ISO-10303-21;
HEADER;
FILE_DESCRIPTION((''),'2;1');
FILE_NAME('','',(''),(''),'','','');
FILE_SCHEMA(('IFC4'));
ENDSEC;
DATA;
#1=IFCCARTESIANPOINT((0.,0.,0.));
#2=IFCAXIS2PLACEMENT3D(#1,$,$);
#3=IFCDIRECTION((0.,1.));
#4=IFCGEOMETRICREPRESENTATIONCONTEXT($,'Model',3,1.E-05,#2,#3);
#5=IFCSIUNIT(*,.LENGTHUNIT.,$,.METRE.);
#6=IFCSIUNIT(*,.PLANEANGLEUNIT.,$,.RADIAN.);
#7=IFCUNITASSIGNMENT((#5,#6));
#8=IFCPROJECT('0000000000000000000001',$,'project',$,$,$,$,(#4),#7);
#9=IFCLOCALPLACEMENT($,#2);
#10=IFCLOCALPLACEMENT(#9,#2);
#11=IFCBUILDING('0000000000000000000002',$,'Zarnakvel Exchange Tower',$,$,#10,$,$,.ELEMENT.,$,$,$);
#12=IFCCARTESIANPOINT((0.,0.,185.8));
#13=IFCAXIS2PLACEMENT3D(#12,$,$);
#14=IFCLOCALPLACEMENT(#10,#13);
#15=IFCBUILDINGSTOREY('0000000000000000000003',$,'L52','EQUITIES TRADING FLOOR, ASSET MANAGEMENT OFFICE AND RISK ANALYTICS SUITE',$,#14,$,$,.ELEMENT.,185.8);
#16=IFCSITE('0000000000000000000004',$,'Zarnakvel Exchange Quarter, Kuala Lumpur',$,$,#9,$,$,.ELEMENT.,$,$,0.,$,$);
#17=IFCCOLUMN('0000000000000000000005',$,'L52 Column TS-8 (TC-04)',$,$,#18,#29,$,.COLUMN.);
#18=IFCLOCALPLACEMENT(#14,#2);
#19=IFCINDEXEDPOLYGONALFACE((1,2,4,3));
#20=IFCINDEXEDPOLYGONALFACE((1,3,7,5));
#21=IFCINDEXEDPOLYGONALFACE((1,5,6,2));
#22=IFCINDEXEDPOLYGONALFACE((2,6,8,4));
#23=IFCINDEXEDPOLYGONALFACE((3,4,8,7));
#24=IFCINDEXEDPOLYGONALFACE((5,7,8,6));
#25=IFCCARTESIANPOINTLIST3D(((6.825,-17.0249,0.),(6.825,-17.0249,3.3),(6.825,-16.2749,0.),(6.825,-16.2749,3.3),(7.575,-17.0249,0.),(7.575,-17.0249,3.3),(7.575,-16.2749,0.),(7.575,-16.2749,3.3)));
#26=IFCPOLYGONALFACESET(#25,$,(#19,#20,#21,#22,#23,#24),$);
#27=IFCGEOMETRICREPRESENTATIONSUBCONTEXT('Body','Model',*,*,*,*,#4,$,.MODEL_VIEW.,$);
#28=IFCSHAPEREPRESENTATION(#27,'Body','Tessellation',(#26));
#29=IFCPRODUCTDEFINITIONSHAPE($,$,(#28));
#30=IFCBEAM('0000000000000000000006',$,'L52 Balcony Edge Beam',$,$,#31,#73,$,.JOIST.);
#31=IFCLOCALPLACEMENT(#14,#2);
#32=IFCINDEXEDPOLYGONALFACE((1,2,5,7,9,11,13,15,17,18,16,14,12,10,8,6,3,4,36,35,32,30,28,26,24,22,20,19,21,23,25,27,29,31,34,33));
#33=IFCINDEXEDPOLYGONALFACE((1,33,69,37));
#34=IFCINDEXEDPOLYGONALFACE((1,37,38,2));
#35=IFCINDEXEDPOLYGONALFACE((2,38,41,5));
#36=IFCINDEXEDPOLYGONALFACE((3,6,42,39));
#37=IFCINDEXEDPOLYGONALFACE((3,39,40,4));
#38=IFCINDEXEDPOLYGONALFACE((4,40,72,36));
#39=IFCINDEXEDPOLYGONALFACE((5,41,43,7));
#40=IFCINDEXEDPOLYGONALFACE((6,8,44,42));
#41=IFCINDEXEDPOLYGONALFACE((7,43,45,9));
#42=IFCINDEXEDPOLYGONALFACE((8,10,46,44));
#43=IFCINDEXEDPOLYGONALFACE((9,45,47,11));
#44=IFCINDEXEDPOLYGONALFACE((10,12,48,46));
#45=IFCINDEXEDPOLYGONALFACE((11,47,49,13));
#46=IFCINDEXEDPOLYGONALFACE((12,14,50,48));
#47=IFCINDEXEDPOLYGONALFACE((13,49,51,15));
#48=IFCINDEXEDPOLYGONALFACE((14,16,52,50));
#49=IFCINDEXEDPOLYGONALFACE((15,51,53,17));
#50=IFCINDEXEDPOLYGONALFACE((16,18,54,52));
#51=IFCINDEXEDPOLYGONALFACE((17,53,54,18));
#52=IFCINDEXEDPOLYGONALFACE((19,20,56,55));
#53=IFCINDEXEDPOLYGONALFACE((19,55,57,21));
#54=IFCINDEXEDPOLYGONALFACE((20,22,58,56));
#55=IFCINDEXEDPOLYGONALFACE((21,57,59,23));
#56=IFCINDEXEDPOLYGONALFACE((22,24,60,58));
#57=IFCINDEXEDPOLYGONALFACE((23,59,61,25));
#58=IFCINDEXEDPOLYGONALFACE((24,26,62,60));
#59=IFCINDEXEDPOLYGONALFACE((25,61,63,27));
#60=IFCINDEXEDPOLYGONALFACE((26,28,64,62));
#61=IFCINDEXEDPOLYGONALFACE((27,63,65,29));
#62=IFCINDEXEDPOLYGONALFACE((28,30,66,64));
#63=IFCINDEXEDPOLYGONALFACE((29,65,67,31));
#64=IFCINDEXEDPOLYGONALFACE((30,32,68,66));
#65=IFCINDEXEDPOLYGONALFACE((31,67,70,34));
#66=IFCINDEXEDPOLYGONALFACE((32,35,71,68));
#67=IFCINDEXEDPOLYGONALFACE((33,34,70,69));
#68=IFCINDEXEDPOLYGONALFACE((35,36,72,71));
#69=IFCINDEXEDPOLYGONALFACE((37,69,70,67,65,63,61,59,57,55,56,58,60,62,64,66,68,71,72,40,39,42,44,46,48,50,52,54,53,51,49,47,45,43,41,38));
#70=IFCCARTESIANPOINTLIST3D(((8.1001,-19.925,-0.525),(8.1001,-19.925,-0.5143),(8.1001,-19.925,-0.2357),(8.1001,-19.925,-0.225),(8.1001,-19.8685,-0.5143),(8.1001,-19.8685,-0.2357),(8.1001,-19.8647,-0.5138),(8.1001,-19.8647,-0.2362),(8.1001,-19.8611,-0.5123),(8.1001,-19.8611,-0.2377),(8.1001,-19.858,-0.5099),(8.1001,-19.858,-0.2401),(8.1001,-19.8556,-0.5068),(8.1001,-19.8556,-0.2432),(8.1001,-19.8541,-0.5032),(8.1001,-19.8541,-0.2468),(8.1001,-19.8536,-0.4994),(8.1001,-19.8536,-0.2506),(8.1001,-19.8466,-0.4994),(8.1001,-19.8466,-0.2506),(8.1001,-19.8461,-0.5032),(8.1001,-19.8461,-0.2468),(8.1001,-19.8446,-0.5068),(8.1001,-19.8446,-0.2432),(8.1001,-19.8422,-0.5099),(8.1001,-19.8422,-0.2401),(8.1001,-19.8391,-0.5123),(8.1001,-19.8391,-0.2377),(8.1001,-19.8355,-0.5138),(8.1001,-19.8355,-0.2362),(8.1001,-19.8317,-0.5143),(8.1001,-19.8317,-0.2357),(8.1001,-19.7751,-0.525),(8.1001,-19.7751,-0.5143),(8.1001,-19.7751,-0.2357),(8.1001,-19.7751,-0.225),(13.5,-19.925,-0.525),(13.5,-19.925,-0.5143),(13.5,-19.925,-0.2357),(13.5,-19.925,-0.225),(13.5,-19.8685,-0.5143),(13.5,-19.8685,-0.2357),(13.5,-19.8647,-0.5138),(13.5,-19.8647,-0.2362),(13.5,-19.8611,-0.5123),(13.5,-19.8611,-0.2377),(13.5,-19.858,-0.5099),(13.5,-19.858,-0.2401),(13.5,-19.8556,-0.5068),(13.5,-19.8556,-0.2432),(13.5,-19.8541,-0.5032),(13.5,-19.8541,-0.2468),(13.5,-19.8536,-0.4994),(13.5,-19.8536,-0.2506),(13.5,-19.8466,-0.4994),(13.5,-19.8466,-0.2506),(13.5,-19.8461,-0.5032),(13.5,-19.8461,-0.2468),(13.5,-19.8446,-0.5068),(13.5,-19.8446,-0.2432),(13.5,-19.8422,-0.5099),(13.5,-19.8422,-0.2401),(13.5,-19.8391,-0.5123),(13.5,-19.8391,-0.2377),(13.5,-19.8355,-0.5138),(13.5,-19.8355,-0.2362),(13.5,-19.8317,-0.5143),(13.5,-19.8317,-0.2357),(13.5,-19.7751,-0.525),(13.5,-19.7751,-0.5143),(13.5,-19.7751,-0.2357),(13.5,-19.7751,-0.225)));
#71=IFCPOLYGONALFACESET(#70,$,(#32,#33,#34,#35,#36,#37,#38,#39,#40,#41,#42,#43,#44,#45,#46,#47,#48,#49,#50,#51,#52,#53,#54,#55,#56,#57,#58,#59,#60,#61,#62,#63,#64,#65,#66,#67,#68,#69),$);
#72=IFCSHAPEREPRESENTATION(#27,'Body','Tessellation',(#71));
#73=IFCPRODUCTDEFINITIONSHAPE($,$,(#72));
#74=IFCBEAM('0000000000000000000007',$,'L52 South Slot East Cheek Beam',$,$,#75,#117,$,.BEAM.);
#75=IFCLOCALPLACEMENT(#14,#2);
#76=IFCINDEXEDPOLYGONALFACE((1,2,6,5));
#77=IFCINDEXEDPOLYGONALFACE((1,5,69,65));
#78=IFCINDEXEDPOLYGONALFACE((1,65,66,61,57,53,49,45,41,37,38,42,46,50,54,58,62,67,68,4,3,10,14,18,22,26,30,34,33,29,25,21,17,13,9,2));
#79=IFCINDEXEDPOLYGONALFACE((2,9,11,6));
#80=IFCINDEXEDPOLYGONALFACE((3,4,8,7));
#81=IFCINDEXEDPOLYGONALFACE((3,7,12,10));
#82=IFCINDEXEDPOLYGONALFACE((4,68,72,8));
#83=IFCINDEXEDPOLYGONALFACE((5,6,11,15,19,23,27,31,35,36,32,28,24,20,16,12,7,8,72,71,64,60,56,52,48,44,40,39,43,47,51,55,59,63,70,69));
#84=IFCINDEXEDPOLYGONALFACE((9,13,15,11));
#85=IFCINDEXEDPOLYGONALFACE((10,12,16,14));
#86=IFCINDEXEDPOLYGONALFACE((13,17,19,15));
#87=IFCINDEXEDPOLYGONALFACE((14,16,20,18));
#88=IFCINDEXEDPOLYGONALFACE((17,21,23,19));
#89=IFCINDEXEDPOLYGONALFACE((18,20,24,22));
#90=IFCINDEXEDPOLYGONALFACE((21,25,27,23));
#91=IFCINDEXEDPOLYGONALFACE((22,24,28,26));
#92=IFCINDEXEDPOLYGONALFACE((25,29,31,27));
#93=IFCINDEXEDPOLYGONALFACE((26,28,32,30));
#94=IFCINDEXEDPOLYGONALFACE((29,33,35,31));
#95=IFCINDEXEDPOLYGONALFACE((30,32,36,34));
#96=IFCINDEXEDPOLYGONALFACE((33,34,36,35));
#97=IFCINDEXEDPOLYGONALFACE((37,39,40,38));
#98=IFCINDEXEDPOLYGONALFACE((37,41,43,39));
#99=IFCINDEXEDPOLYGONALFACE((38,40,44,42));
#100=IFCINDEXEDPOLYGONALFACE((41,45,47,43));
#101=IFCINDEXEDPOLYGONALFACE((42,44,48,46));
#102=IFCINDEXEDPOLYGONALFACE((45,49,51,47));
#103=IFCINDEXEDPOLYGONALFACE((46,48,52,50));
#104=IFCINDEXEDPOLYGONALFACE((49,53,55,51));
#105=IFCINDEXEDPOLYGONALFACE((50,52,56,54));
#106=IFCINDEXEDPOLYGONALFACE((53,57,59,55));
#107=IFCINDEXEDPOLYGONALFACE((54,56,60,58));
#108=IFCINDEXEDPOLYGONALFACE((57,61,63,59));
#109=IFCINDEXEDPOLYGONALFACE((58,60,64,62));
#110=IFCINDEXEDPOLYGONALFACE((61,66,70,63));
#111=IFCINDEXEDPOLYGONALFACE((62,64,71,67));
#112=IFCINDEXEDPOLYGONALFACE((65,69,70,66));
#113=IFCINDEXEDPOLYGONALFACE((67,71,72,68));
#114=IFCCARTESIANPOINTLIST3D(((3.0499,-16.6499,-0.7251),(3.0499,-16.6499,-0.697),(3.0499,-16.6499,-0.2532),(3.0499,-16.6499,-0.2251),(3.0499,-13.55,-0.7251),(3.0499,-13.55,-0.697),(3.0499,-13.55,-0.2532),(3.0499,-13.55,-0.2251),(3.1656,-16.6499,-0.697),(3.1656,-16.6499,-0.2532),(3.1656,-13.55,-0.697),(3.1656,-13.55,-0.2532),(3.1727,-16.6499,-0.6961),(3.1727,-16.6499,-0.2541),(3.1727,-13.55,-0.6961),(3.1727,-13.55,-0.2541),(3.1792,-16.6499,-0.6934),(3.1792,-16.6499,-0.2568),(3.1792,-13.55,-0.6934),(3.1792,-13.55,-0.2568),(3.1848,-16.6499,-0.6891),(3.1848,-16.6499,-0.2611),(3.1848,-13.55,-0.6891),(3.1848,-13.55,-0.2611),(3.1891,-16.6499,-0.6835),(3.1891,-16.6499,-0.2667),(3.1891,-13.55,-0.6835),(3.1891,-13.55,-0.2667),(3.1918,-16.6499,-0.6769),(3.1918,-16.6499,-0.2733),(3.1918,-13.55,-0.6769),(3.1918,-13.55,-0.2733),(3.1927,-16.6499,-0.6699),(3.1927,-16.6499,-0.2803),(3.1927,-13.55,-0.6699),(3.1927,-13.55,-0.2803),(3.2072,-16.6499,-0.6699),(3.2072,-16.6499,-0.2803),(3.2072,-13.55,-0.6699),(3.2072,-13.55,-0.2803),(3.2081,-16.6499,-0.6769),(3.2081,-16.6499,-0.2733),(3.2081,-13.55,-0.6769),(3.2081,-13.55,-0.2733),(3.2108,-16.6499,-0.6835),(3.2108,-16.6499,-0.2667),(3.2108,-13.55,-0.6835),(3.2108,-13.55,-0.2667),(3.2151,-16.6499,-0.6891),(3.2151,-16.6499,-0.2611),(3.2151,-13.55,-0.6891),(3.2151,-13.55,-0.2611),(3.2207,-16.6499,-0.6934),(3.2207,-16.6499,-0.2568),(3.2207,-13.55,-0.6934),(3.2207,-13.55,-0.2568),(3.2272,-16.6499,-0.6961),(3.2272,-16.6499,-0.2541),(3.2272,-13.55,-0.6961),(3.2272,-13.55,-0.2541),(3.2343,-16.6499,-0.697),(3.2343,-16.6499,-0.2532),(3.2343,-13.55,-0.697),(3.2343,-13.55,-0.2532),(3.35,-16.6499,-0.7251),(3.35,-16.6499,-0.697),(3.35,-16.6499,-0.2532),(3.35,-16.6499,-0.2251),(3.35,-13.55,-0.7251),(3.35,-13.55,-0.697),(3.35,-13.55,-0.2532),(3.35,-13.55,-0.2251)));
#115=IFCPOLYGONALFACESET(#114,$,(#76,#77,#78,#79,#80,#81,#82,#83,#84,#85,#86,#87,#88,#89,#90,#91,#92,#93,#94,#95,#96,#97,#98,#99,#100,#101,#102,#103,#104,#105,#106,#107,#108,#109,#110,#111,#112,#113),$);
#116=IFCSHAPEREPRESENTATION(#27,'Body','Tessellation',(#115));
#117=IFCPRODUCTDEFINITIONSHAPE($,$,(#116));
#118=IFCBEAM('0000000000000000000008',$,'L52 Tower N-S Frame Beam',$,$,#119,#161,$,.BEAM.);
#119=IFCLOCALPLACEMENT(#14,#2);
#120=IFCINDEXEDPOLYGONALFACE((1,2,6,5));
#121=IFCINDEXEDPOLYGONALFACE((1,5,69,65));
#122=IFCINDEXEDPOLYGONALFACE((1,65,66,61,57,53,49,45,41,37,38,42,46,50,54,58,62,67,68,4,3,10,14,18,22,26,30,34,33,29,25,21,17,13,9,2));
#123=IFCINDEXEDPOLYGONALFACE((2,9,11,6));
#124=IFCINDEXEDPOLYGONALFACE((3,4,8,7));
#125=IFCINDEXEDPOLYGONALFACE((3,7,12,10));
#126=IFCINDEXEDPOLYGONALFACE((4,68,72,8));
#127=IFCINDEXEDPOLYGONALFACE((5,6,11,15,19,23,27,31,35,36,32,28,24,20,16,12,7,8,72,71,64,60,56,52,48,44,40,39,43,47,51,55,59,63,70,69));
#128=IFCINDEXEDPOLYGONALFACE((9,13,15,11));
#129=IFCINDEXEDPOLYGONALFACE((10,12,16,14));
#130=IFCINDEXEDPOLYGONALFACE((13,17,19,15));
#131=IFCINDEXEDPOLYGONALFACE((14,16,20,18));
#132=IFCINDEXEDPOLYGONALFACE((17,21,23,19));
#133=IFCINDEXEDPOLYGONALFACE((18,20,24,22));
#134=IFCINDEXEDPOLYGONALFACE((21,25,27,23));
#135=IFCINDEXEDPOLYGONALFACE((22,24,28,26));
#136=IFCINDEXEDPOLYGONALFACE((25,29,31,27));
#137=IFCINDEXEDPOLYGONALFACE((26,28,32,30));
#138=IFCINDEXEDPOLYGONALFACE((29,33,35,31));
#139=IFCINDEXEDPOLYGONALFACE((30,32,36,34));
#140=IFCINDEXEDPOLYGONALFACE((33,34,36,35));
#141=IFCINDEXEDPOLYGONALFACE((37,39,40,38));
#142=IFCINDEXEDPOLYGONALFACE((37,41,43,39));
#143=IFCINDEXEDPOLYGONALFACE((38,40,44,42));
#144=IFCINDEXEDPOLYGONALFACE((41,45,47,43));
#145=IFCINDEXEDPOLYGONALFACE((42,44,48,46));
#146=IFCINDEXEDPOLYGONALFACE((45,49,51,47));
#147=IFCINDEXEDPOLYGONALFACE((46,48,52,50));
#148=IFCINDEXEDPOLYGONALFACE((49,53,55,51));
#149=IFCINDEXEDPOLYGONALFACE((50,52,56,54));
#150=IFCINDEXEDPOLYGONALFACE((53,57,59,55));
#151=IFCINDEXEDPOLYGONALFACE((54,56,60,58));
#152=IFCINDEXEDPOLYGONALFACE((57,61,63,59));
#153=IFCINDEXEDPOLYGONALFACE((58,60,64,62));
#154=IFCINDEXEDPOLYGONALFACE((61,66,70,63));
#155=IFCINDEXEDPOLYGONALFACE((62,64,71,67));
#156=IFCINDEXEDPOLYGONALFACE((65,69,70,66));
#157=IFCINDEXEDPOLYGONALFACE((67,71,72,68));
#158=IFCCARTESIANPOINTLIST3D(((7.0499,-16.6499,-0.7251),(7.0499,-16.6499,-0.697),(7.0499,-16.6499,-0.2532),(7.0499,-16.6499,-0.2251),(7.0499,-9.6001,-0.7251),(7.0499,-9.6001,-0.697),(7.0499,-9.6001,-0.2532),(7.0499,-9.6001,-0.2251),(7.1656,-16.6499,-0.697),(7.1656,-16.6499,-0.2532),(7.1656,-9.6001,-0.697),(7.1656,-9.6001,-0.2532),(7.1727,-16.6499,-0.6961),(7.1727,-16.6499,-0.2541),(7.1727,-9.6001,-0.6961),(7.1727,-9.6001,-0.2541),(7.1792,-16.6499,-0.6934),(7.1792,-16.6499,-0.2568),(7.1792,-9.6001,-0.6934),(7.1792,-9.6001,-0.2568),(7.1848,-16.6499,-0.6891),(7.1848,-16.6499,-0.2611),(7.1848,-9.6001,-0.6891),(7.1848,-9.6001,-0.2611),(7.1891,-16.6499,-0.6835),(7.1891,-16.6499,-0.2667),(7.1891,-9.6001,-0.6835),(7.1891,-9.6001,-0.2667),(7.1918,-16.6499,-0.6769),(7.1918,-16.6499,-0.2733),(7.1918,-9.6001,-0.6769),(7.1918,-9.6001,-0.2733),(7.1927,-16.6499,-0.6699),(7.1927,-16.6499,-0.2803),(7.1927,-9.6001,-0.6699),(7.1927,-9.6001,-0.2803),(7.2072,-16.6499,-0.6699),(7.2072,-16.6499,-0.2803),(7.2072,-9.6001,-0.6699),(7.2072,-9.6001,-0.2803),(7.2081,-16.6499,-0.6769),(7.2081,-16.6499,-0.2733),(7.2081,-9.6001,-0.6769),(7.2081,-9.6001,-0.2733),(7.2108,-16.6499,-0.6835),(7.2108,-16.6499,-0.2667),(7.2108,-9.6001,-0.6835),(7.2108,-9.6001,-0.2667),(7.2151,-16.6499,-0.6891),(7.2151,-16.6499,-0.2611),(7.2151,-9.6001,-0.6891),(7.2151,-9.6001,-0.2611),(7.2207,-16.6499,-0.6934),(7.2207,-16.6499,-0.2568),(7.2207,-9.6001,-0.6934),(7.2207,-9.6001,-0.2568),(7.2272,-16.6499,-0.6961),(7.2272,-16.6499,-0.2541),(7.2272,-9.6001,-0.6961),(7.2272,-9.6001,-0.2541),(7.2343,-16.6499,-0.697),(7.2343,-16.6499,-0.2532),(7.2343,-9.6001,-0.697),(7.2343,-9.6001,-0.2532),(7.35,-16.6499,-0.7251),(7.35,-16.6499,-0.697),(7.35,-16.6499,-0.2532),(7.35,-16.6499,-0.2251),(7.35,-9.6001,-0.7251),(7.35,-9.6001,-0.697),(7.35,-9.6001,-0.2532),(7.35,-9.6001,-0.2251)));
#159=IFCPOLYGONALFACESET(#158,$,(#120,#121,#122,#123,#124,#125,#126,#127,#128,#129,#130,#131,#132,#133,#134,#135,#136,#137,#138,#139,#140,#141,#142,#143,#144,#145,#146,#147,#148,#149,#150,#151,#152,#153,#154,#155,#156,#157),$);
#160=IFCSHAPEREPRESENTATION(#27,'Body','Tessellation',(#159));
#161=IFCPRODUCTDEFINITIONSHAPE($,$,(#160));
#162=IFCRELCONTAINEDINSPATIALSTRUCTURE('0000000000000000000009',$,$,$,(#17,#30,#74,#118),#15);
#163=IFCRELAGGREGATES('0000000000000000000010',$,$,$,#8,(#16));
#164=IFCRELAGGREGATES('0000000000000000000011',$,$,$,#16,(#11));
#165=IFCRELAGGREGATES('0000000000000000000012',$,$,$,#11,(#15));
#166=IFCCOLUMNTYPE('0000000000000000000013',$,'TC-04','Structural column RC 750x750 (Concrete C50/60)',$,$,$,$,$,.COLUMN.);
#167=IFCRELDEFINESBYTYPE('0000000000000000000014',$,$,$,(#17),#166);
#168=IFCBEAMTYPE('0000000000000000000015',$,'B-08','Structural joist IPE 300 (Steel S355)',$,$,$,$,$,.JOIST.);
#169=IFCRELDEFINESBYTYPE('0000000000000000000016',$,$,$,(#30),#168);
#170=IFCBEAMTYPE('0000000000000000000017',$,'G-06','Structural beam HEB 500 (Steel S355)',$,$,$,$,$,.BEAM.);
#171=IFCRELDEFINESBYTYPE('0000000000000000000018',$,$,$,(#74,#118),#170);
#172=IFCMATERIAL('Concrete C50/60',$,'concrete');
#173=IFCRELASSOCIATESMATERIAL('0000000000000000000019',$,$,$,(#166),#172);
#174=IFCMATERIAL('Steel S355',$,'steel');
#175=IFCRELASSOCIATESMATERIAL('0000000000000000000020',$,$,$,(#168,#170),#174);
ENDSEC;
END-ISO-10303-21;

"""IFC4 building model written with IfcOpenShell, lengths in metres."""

from ifc_helpers import new_model, si_unit, direction, frame, origin, origin_2d, place, context, subcontext, project, spatial, rectangle, i_section, extrude, material, material_profile, profile_set, type_object, element, save


model = new_model("IFC4")

# Units and contexts
model_context = context("Model", 3, precision=1e-05, world=origin(), true_north=direction((0.0, 1.0)))
body_context = subcontext(model_context, "Body", "Model", "MODEL_VIEW")
ifc_project = project(units=[si_unit("LENGTHUNIT", "METRE"), si_unit("PLANEANGLEUNIT", "RADIAN")], contexts=[model_context])

# Site, building, storey
site_placement = place(None, origin())
site = spatial("IfcSite", under=ifc_project, at=site_placement, Name="Zarnakvel Exchange Quarter, Kuala Lumpur", CompositionType="ELEMENT", RefElevation=0.0)
building_placement = place(site_placement, origin())
building = spatial("IfcBuilding", under=site, at=building_placement, Name="Zarnakvel Exchange Tower", CompositionType="ELEMENT")
storey_placement = place(building_placement, frame((0.0, 0.0, 185.8)))
storey = spatial("IfcBuildingStorey", under=building, at=storey_placement, Name="L52", Description="EQUITIES TRADING FLOOR, ASSET MANAGEMENT OFFICE AND RISK ANALYTICS SUITE", CompositionType="ELEMENT", Elevation=185.8)

# Column
ifc_material_1 = material(Name="Concrete C50/60", Category="concrete")
ifc_material_profile_1 = material_profile(ifc_material_1, rectangle(XDim=0.75, YDim=0.75, at=origin_2d()))
ifc_profile_set_1 = profile_set([ifc_material_profile_1], Name="Concrete C50/60")
column_type = type_object("IfcColumnType", Name="TC-04", Description="Structural column RC 750x750 (Concrete C50/60)", PredefinedType="COLUMN", material=ifc_profile_set_1)
column_placement = place(storey_placement, frame((7.2, -16.6499, 0.0), z_axis=(0.0, 0.0, 1.0), x_axis=(1.0, 0.0, 0.0)))
element("IfcColumn", 1, at=column_placement, inside=storey, type_object=column_type, Name="L52 Column TS-8 (TC-04)", PredefinedType="COLUMN", context=body_context, shape_type="SweptSolid", body=[
    extrude(rectangle(XDim=0.75, YDim=0.75, at=origin_2d()), origin(), (0.0, 0.0, 1.0), 3.3),
])

# Beams
ifc_material_2 = material(Name="Steel S355", Category="steel")
ifc_material_profile_2 = material_profile(ifc_material_2, i_section(OverallWidth=0.1499, OverallDepth=0.3, WebThickness=0.0071, FlangeThickness=0.0107, FilletRadius=0.0149, at=origin_2d()))
ifc_profile_set_2 = profile_set([ifc_material_profile_2], Name="Steel S355")
beam_type_1 = type_object("IfcBeamType", Name="B-08", Description="Structural joist IPE 300 (Steel S355)", PredefinedType="JOIST", material=ifc_profile_set_2)
beam_1_placement = place(storey_placement, frame((8.1001, -19.8501, -0.375), z_axis=(1.0, 0.0, 0.0), x_axis=(0.0, 1.0, 0.0)))
element("IfcBeam", 2, at=beam_1_placement, inside=storey, type_object=beam_type_1, Name="L52 Balcony Edge Beam", PredefinedType="JOIST", context=body_context, shape_type="SweptSolid", body=[
    extrude(i_section(OverallWidth=0.1499, OverallDepth=0.3, WebThickness=0.0071, FlangeThickness=0.0107, FilletRadius=0.0149, at=origin_2d()), origin(), (0.0, 0.0, 1.0), 5.3999),
])
ifc_material_profile_3 = material_profile(ifc_material_2, i_section(OverallWidth=0.3, OverallDepth=0.5, WebThickness=0.0144, FlangeThickness=0.0281, FilletRadius=0.0271, at=origin_2d()))
ifc_profile_set_3 = profile_set([ifc_material_profile_3], Name="Steel S355")
beam_type_2 = type_object("IfcBeamType", Name="G-06", Description="Structural beam HEB 500 (Steel S355)", PredefinedType="BEAM", material=ifc_profile_set_3)
beam_2_placement = place(storey_placement, frame((3.2, -16.6499, -0.4751), z_axis=(0.0, 1.0, 0.0), x_axis=(-1.0, 0.0, 0.0)))
element("IfcBeam", 3, at=beam_2_placement, inside=storey, type_object=beam_type_2, Name="L52 South Slot East Cheek Beam", PredefinedType="BEAM", context=body_context, shape_type="SweptSolid", body=[
    extrude(i_section(OverallWidth=0.3, OverallDepth=0.5, WebThickness=0.0144, FlangeThickness=0.0281, FilletRadius=0.0271, at=origin_2d()), origin(), (0.0, 0.0, 1.0), 3.0999),
])
beam_3_placement = place(storey_placement, frame((7.2, -16.6499, -0.4751), z_axis=(0.0, 1.0, 0.0), x_axis=(-1.0, 0.0, 0.0)))
element("IfcBeam", 4, at=beam_3_placement, inside=storey, type_object=beam_type_2, Name="L52 Tower N-S Frame Beam", PredefinedType="BEAM", context=body_context, shape_type="SweptSolid", body=[
    extrude(i_section(OverallWidth=0.3, OverallDepth=0.5, WebThickness=0.0144, FlangeThickness=0.0281, FilletRadius=0.0271, at=origin_2d()), origin(), (0.0, 0.0, 1.0), 7.0498),
])

save(model, "model.ifc")
